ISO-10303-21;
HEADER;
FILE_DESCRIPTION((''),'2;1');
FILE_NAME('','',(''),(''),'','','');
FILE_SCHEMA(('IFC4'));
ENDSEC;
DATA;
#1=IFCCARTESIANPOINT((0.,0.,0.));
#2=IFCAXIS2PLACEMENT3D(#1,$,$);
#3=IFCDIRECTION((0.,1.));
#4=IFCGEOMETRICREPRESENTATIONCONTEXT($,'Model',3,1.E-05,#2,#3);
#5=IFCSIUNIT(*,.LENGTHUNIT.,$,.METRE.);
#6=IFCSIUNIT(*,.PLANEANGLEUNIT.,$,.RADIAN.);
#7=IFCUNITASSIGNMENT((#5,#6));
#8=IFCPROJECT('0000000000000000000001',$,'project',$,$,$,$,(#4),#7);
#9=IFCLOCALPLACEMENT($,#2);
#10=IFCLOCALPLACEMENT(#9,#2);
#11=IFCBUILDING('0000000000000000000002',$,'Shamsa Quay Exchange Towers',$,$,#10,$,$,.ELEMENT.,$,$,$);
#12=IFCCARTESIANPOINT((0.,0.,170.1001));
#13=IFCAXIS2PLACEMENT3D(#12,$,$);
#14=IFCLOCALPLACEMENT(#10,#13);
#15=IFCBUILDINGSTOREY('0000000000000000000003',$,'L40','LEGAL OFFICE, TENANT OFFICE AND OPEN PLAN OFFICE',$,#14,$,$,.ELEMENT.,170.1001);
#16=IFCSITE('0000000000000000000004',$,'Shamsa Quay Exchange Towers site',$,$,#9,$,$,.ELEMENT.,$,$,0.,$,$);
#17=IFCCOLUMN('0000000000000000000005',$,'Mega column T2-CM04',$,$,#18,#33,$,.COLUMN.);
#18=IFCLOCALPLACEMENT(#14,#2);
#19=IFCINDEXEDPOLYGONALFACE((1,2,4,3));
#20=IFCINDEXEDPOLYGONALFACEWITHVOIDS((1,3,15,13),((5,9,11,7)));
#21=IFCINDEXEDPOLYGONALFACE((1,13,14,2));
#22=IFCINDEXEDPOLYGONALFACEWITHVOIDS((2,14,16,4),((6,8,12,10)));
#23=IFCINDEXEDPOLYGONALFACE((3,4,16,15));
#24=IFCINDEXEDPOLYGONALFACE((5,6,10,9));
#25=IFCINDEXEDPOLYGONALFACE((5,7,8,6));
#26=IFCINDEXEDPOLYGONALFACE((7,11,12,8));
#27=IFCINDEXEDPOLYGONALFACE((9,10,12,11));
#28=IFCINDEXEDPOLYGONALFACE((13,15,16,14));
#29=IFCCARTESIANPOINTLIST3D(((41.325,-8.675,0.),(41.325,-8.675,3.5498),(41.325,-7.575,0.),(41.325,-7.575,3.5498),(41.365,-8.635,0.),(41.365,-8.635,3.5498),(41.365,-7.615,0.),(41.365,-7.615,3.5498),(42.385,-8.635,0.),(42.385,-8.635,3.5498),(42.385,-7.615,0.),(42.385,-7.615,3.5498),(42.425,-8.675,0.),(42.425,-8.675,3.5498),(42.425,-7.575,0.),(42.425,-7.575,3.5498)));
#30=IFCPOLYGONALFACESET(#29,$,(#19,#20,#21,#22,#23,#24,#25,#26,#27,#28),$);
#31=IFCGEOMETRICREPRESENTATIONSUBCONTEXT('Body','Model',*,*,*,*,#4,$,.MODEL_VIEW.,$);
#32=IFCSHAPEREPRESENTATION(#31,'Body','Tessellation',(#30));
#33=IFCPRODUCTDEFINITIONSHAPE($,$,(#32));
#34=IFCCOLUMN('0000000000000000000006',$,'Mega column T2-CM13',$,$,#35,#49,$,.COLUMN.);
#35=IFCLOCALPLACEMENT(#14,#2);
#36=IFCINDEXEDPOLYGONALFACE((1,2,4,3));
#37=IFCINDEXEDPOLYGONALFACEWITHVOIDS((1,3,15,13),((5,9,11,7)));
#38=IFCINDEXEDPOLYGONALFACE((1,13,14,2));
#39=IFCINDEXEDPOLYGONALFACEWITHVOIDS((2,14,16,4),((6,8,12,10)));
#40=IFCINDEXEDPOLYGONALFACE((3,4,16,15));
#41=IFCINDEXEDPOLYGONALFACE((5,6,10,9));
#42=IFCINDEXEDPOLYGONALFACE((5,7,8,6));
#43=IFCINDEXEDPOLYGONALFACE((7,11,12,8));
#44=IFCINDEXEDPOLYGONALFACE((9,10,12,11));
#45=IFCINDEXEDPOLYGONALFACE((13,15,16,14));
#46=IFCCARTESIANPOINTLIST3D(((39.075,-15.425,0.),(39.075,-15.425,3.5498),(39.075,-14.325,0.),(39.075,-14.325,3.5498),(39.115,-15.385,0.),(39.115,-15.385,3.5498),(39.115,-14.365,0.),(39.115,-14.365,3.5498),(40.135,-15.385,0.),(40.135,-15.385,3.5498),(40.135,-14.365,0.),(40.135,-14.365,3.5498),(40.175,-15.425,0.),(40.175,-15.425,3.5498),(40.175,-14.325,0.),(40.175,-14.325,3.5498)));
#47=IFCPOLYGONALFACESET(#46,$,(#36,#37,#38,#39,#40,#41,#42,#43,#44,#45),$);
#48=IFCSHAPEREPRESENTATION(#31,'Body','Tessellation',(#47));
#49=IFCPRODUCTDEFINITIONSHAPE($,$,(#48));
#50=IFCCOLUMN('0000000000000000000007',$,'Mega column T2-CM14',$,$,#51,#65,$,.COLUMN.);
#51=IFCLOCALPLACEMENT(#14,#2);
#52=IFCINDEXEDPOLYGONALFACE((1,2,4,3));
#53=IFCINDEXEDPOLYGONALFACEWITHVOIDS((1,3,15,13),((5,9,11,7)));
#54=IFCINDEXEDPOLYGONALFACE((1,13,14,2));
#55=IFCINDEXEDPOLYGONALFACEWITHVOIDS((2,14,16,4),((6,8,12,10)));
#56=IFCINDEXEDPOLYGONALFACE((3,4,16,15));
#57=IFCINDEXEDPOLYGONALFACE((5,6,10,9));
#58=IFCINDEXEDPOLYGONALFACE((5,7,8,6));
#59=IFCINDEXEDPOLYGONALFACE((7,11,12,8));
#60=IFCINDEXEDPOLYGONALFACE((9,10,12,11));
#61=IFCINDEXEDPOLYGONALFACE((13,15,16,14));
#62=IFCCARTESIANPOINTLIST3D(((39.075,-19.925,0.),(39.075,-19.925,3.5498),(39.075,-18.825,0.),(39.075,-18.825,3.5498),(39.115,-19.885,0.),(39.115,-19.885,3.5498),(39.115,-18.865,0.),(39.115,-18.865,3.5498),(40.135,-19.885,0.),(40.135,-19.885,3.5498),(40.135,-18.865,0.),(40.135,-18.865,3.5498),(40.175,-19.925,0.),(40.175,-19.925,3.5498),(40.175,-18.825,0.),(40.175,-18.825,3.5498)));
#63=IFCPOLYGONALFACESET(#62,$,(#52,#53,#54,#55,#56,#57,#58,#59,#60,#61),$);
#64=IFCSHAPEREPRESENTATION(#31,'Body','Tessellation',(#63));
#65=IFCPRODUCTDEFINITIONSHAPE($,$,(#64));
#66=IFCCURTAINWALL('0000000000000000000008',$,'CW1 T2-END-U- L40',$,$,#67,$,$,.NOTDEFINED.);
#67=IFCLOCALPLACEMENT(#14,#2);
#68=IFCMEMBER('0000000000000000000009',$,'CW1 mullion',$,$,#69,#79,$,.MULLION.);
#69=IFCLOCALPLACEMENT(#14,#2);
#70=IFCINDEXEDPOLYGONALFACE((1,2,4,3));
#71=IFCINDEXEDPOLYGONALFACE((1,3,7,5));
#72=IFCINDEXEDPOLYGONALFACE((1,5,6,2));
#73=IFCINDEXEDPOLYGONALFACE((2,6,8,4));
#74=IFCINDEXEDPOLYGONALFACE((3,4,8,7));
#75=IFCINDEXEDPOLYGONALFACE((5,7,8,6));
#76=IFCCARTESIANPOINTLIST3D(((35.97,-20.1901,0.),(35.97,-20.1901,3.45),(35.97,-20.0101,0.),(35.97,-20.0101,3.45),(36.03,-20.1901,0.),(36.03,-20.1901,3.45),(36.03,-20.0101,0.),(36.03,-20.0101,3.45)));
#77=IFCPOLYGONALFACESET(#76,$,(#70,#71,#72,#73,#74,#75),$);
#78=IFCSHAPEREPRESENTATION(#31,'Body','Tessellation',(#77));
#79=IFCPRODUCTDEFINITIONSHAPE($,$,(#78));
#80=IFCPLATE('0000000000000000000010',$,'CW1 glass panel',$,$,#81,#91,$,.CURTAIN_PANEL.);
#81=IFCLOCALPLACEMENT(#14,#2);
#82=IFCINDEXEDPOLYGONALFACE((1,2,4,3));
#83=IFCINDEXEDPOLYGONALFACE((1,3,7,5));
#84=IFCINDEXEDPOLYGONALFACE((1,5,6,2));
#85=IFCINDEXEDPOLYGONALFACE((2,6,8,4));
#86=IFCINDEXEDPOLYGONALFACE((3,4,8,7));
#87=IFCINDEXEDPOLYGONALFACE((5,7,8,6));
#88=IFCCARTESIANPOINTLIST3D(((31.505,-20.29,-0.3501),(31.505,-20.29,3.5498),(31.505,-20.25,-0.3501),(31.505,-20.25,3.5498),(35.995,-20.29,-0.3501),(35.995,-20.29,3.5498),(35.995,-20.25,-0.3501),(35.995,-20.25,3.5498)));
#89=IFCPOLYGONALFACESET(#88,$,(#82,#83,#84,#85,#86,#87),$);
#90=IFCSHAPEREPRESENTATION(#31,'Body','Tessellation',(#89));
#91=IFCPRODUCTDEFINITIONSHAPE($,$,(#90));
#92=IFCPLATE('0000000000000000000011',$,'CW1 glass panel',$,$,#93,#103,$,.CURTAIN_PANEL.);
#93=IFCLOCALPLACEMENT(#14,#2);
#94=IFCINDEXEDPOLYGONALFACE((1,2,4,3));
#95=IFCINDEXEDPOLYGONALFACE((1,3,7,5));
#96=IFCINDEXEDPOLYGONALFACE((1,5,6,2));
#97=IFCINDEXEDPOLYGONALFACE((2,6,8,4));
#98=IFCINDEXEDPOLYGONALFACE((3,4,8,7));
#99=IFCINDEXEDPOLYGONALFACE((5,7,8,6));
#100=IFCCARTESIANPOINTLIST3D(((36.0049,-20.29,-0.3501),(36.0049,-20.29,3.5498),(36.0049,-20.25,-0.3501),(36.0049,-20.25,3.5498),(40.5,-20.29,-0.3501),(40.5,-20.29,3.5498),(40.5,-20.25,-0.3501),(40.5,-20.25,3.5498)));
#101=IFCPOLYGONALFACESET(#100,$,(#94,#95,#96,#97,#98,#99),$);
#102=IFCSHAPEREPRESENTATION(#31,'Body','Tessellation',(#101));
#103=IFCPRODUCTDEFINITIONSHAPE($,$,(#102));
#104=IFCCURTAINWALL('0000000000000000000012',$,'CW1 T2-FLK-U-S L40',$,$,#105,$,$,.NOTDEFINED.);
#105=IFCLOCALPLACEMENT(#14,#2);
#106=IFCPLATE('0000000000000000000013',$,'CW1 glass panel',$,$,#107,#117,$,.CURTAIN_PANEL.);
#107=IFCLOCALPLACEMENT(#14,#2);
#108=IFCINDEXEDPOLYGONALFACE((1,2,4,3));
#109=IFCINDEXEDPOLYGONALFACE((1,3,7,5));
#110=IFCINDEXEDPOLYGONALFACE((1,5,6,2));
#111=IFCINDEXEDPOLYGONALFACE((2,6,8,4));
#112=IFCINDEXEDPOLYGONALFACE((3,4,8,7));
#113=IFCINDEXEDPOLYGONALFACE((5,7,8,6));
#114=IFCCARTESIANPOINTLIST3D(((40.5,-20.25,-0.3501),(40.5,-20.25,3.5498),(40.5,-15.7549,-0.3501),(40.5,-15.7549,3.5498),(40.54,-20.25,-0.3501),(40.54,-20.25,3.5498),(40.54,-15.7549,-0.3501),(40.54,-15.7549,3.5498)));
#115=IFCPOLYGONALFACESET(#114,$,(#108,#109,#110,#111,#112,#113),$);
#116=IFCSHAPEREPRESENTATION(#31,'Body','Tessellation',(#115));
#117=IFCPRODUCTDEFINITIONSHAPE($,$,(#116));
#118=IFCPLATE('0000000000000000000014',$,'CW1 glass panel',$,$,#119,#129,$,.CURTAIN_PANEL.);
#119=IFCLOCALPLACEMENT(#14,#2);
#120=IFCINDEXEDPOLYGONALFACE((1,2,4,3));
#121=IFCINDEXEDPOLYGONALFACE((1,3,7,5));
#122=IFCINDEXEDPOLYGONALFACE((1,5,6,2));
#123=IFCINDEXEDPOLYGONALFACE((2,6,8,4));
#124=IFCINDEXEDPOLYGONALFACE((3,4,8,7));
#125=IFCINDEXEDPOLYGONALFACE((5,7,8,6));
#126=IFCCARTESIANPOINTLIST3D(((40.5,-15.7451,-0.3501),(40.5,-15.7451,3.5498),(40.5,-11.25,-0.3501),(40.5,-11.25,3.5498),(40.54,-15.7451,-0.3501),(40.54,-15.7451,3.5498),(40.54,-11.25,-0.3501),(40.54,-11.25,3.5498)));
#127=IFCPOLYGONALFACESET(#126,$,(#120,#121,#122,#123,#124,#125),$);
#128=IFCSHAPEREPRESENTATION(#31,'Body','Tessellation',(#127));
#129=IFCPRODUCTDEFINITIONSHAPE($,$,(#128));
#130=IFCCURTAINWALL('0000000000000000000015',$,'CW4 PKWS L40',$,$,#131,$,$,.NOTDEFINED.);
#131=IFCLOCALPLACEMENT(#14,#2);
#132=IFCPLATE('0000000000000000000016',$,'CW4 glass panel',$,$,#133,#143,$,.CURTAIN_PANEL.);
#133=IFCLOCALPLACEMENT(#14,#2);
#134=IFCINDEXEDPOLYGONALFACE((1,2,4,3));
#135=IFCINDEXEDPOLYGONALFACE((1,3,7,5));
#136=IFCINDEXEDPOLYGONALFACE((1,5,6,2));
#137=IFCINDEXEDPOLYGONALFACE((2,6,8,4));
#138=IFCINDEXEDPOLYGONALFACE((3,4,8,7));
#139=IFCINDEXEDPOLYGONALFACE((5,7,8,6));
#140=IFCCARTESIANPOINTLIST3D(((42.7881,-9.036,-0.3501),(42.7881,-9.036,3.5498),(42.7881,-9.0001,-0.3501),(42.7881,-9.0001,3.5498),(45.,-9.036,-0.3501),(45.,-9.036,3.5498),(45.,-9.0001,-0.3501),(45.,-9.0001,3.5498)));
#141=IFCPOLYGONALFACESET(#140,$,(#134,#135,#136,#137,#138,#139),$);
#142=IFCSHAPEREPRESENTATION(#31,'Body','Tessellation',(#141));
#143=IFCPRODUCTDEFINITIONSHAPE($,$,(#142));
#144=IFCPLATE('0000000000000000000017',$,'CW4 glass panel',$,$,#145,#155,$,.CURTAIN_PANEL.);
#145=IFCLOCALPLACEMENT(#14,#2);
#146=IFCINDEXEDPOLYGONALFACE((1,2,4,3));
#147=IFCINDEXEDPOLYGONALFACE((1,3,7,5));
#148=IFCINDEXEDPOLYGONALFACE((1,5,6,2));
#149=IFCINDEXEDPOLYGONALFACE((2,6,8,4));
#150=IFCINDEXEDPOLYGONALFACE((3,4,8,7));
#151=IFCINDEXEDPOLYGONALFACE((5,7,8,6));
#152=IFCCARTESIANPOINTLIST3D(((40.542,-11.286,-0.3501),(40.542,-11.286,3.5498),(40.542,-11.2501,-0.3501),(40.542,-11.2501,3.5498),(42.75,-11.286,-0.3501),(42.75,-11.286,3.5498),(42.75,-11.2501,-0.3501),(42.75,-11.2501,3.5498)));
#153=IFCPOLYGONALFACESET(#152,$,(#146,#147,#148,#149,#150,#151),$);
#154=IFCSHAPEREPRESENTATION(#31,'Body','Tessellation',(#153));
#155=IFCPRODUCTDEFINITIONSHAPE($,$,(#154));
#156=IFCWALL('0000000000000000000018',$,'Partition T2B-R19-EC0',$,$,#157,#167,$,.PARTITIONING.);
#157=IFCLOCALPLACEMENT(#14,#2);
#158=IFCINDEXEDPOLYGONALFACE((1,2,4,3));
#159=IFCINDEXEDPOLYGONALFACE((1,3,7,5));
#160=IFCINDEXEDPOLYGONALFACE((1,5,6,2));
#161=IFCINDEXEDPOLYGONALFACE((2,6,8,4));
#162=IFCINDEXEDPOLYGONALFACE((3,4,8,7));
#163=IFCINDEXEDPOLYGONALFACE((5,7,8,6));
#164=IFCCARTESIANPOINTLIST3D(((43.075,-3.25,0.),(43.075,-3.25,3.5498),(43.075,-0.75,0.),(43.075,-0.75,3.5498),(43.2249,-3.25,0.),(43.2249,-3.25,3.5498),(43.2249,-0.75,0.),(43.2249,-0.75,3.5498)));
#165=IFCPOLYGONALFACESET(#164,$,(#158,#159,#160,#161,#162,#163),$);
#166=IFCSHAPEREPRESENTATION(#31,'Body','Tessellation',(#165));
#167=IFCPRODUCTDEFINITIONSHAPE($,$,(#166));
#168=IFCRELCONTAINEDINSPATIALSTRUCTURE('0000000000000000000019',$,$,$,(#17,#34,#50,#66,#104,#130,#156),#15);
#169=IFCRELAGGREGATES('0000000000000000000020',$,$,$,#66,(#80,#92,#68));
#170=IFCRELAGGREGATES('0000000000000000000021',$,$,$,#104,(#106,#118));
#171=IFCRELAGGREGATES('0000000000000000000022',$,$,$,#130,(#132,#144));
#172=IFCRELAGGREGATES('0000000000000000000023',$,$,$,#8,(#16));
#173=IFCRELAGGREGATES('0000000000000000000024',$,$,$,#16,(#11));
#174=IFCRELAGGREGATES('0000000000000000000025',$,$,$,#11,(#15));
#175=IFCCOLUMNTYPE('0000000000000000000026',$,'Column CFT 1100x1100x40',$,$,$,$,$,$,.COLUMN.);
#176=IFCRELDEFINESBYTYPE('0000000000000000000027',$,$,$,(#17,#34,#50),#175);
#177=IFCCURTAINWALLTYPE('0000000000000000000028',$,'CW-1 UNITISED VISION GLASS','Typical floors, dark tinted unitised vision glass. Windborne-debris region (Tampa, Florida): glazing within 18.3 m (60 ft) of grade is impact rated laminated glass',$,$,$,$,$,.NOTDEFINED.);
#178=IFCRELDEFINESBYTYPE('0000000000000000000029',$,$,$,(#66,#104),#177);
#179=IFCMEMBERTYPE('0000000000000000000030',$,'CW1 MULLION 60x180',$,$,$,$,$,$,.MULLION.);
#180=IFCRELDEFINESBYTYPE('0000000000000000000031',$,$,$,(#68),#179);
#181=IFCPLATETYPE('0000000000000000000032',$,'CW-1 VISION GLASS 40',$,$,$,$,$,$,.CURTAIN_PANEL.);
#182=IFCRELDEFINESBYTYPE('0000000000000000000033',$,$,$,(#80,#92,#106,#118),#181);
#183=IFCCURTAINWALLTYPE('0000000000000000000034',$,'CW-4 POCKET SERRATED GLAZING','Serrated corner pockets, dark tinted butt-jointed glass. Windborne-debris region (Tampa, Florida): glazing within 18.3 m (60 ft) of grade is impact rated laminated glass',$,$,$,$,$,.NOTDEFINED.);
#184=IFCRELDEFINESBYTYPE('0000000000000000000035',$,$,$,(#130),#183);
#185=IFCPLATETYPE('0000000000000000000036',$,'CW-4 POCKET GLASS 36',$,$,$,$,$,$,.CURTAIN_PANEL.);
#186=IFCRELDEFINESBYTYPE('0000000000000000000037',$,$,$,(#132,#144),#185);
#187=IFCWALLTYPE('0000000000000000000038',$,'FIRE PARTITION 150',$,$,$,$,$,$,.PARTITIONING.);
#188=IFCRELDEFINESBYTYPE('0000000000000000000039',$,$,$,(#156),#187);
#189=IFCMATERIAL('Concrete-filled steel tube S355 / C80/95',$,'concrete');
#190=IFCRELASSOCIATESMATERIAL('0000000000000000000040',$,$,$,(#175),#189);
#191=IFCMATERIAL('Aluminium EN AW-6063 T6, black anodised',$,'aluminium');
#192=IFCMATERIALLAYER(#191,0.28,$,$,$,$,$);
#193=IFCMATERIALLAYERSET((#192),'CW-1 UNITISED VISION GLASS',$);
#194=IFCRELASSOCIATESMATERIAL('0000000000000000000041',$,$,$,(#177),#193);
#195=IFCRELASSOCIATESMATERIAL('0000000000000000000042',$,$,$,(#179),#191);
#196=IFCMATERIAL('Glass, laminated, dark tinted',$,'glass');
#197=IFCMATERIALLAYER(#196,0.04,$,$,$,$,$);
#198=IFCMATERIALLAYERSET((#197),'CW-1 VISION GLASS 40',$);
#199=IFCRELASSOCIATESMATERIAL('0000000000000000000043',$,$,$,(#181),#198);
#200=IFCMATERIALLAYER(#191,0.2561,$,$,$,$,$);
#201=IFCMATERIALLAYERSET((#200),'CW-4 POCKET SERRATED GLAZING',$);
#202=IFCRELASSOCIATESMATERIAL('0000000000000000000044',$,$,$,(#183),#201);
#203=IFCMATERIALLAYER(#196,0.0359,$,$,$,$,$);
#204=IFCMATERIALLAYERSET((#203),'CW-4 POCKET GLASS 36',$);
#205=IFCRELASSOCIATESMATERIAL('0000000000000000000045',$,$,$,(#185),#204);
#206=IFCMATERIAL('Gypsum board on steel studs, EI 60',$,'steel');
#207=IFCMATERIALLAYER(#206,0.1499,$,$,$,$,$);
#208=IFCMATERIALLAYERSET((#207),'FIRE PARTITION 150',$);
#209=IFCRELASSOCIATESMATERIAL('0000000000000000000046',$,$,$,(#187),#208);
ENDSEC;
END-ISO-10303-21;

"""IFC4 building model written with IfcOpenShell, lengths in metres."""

from ifc_helpers import new_model, si_unit, direction, frame, frame_2d, origin, origin_2d, place, context, subcontext, project, spatial, rectangle, hollow_rectangle, extrude, material, layer, layer_set, material_profile, profile_set, type_object, element, aggregate, save


model = new_model("IFC4")

# Units and contexts
model_context = context("Model", 3, precision=1e-05, world=origin(), true_north=direction((0.0, 1.0)))
body_context = subcontext(model_context, "Body", "Model", "MODEL_VIEW")
ifc_project = project(units=[si_unit("LENGTHUNIT", "METRE"), si_unit("PLANEANGLEUNIT", "RADIAN")], contexts=[model_context])

# Site, building, storey
site_placement = place(None, origin())
site = spatial("IfcSite", under=ifc_project, at=site_placement, Name="Shamsa Quay Exchange Towers site", CompositionType="ELEMENT", RefElevation=0.0)
building_placement = place(site_placement, origin())
building = spatial("IfcBuilding", under=site, at=building_placement, Name="Shamsa Quay Exchange Towers", CompositionType="ELEMENT")
storey_placement = place(building_placement, frame((0.0, 0.0, 170.1001)))
storey = spatial("IfcBuildingStorey", under=building, at=storey_placement, Name="L40", Description="LEGAL OFFICE, TENANT OFFICE AND OPEN PLAN OFFICE", CompositionType="ELEMENT", Elevation=170.1001)

# Columns
ifc_material_1 = material(Name="Concrete-filled steel tube S355 / C80/95", Category="concrete")
ifc_material_profile_1 = material_profile(ifc_material_1, hollow_rectangle(XDim=1.1001, YDim=1.1001, WallThickness=0.04, at=origin_2d()), Name="CFT 1100x1100x40")
ifc_profile_set_1 = profile_set([ifc_material_profile_1], Name="Concrete-filled steel tube S355 / C80/95")
column_type = type_object("IfcColumnType", Name="Column CFT 1100x1100x40", PredefinedType="COLUMN", material=ifc_profile_set_1)
for number, where, name in (
    (1, (41.875, -8.125, 0.0), "Mega column T2-CM04"),
    (2, (39.625, -14.875, 0.0), "Mega column T2-CM13"),
    (3, (39.625, -19.375, 0.0), "Mega column T2-CM14"),
):
    element("IfcColumn", number, at=place(storey_placement, frame(where)), inside=storey, type_object=column_type, Name=name, PredefinedType="COLUMN", context=body_context, shape_type="SweptSolid", body=[
        extrude(hollow_rectangle(XDim=1.1001, YDim=1.1001, WallThickness=0.04, at=origin_2d()), origin(), (0.0, 0.0, 1.0), 3.5498),
    ])

# Curtain wall, member, plates
ifc_material_2 = material(Name="Aluminium EN AW-6063 T6, black anodised", Category="aluminium")
ifc_layer_1 = layer(ifc_material_2, 0.28)
ifc_layer_set_1 = layer_set([ifc_layer_1], Name="CW-1 UNITISED VISION GLASS")
curtain_wall_type_1 = type_object("IfcCurtainWallType", Name="CW-1 UNITISED VISION GLASS", Description="Typical floors, dark tinted unitised vision glass. Windborne-debris region (Tampa, Florida): glazing within 18.3 m (60 ft) of grade is impact rated laminated glass", PredefinedType="NOTDEFINED", material=ifc_layer_set_1)
curtain_wall_1_placement = place(storey_placement, origin())
curtain_wall_1 = element("IfcCurtainWall", 4, at=curtain_wall_1_placement, inside=storey, type_object=curtain_wall_type_1, Name="CW1 T2-END-U- L40", PredefinedType="NOTDEFINED")
ifc_material_profile_2 = material_profile(ifc_material_2, rectangle(XDim=0.1799, YDim=0.0601, at=origin_2d()), Name="MU60x180")
ifc_profile_set_2 = profile_set([ifc_material_profile_2], Name="Aluminium EN AW-6063 T6, black anodised")
member_type = type_object("IfcMemberType", Name="CW1 MULLION 60x180", PredefinedType="MULLION", material=ifc_profile_set_2)
member_placement = place(storey_placement, frame((36.0, -20.1001, 0.0), z_axis=(0.0, 0.0, 1.0), x_axis=(0.0, 1.0, 0.0)))
member = element("IfcMember", 5, at=member_placement, type_object=member_type, Name="CW1 mullion", PredefinedType="MULLION", context=body_context, shape_type="SweptSolid", body=[
    extrude(rectangle(XDim=0.1799, YDim=0.0601, at=origin_2d()), origin(), (0.0, 0.0, 1.0), 3.45),
])
ifc_material_3 = material(Name="Glass, laminated, dark tinted", Category="glass")
ifc_layer_2 = layer(ifc_material_3, 0.04)
ifc_layer_set_2 = layer_set([ifc_layer_2], Name="CW-1 VISION GLASS 40")
plate_type_1 = type_object("IfcPlateType", Name="CW-1 VISION GLASS 40", PredefinedType="CURTAIN_PANEL", material=ifc_layer_set_2)
plate_1_placement = place(storey_placement, frame((33.75, -20.27, -0.3501)))
plate_1 = element("IfcPlate", 6, at=plate_1_placement, type_object=plate_type_1, Name="CW1 glass panel", PredefinedType="CURTAIN_PANEL", context=body_context, shape_type="SweptSolid", body=[
    extrude(rectangle(XDim=4.49, YDim=0.04, at=origin_2d()), origin(), (0.0, 0.0, 1.0), 3.8999),
])
plate_2_placement = place(storey_placement, frame((38.2524, -20.27, -0.3501)))
plate_2 = element("IfcPlate", 7, at=plate_2_placement, type_object=plate_type_1, Name="CW1 glass panel", PredefinedType="CURTAIN_PANEL", context=body_context, shape_type="SweptSolid", body=[
    extrude(rectangle(XDim=4.4951, YDim=0.04, at=origin_2d()), origin(), (0.0, 0.0, 1.0), 3.8999),
])
aggregate(curtain_wall_1, [plate_1, plate_2, member])

# Curtain walls, plates
curtain_wall_2_placement = place(storey_placement, origin())
curtain_wall_2 = element("IfcCurtainWall", 8, at=curtain_wall_2_placement, inside=storey, type_object=curtain_wall_type_1, Name="CW1 T2-FLK-U-S L40", PredefinedType="NOTDEFINED")
plate_3_placement = place(storey_placement, frame((40.52, -18.0024, -0.3501), z_axis=(0.0, 0.0, 1.0), x_axis=(0.0, 1.0, 0.0)))
plate_3 = element("IfcPlate", 9, at=plate_3_placement, type_object=plate_type_1, Name="CW1 glass panel", PredefinedType="CURTAIN_PANEL", context=body_context, shape_type="SweptSolid", body=[
    extrude(rectangle(XDim=4.4951, YDim=0.04, at=origin_2d()), origin(), (0.0, 0.0, 1.0), 3.8999),
])
plate_4_placement = place(storey_placement, frame((40.52, -13.4976, -0.3501), z_axis=(0.0, 0.0, 1.0), x_axis=(0.0, 1.0, 0.0)))
plate_4 = element("IfcPlate", 10, at=plate_4_placement, type_object=plate_type_1, Name="CW1 glass panel", PredefinedType="CURTAIN_PANEL", context=body_context, shape_type="SweptSolid", body=[
    extrude(rectangle(XDim=4.4951, YDim=0.04, at=origin_2d()), origin(), (0.0, 0.0, 1.0), 3.8999),
])
aggregate(curtain_wall_2, [plate_3, plate_4])
ifc_layer_3 = layer(ifc_material_2, 0.2561)
ifc_layer_set_3 = layer_set([ifc_layer_3], Name="CW-4 POCKET SERRATED GLAZING")
curtain_wall_type_2 = type_object("IfcCurtainWallType", Name="CW-4 POCKET SERRATED GLAZING", Description="Serrated corner pockets, dark tinted butt-jointed glass. Windborne-debris region (Tampa, Florida): glazing within 18.3 m (60 ft) of grade is impact rated laminated glass", PredefinedType="NOTDEFINED", material=ifc_layer_set_3)
curtain_wall_3_placement = place(storey_placement, origin())
curtain_wall_3 = element("IfcCurtainWall", 11, at=curtain_wall_3_placement, inside=storey, type_object=curtain_wall_type_2, Name="CW4 PKWS L40", PredefinedType="NOTDEFINED")
ifc_layer_4 = layer(ifc_material_3, 0.0359)
ifc_layer_set_4 = layer_set([ifc_layer_4], Name="CW-4 POCKET GLASS 36")
plate_type_2 = type_object("IfcPlateType", Name="CW-4 POCKET GLASS 36", PredefinedType="CURTAIN_PANEL", material=ifc_layer_set_4)
plate_5_placement = place(storey_placement, frame((43.894, -9.0181, -0.3501)))
plate_5 = element("IfcPlate", 12, at=plate_5_placement, type_object=plate_type_2, Name="CW4 glass panel", PredefinedType="CURTAIN_PANEL", context=body_context, shape_type="SweptSolid", body=[
    extrude(rectangle(XDim=2.2119, YDim=0.0359, at=origin_2d()), origin(), (0.0, 0.0, 1.0), 3.8999),
])
plate_6_placement = place(storey_placement, frame((41.646, -11.2681, -0.3501)))
plate_6 = element("IfcPlate", 13, at=plate_6_placement, type_object=plate_type_2, Name="CW4 glass panel", PredefinedType="CURTAIN_PANEL", context=body_context, shape_type="SweptSolid", body=[
    extrude(rectangle(XDim=2.208, YDim=0.0359, at=origin_2d()), origin(), (0.0, 0.0, 1.0), 3.8999),
])
aggregate(curtain_wall_3, [plate_5, plate_6])

# Wall
ifc_material_4 = material(Name="Gypsum board on steel studs, EI 60", Category="steel")
ifc_layer_5 = layer(ifc_material_4, 0.1499)
ifc_layer_set_5 = layer_set([ifc_layer_5], Name="FIRE PARTITION 150")
wall_type_1 = type_object("IfcWallType", Name="FIRE PARTITION 150", PredefinedType="PARTITIONING", material=ifc_layer_set_5)
wall_1_placement = place(storey_placement, frame((43.1499, -3.25, 0.0), z_axis=(0.0, 0.0, 1.0), x_axis=(0.0, 1.0, 0.0)))
element("IfcWall", 14, at=wall_1_placement, inside=storey, type_object=wall_type_1, Name="Partition T2B-R19-EC0", PredefinedType="PARTITIONING", context=body_context, shape_type="SweptSolid", body=[
    extrude(rectangle(XDim=2.5, YDim=0.1499, at=frame_2d((1.25, 0.0))), origin(), (0.0, 0.0, 1.0), 3.5498),
])

save(model, "model.ifc")
